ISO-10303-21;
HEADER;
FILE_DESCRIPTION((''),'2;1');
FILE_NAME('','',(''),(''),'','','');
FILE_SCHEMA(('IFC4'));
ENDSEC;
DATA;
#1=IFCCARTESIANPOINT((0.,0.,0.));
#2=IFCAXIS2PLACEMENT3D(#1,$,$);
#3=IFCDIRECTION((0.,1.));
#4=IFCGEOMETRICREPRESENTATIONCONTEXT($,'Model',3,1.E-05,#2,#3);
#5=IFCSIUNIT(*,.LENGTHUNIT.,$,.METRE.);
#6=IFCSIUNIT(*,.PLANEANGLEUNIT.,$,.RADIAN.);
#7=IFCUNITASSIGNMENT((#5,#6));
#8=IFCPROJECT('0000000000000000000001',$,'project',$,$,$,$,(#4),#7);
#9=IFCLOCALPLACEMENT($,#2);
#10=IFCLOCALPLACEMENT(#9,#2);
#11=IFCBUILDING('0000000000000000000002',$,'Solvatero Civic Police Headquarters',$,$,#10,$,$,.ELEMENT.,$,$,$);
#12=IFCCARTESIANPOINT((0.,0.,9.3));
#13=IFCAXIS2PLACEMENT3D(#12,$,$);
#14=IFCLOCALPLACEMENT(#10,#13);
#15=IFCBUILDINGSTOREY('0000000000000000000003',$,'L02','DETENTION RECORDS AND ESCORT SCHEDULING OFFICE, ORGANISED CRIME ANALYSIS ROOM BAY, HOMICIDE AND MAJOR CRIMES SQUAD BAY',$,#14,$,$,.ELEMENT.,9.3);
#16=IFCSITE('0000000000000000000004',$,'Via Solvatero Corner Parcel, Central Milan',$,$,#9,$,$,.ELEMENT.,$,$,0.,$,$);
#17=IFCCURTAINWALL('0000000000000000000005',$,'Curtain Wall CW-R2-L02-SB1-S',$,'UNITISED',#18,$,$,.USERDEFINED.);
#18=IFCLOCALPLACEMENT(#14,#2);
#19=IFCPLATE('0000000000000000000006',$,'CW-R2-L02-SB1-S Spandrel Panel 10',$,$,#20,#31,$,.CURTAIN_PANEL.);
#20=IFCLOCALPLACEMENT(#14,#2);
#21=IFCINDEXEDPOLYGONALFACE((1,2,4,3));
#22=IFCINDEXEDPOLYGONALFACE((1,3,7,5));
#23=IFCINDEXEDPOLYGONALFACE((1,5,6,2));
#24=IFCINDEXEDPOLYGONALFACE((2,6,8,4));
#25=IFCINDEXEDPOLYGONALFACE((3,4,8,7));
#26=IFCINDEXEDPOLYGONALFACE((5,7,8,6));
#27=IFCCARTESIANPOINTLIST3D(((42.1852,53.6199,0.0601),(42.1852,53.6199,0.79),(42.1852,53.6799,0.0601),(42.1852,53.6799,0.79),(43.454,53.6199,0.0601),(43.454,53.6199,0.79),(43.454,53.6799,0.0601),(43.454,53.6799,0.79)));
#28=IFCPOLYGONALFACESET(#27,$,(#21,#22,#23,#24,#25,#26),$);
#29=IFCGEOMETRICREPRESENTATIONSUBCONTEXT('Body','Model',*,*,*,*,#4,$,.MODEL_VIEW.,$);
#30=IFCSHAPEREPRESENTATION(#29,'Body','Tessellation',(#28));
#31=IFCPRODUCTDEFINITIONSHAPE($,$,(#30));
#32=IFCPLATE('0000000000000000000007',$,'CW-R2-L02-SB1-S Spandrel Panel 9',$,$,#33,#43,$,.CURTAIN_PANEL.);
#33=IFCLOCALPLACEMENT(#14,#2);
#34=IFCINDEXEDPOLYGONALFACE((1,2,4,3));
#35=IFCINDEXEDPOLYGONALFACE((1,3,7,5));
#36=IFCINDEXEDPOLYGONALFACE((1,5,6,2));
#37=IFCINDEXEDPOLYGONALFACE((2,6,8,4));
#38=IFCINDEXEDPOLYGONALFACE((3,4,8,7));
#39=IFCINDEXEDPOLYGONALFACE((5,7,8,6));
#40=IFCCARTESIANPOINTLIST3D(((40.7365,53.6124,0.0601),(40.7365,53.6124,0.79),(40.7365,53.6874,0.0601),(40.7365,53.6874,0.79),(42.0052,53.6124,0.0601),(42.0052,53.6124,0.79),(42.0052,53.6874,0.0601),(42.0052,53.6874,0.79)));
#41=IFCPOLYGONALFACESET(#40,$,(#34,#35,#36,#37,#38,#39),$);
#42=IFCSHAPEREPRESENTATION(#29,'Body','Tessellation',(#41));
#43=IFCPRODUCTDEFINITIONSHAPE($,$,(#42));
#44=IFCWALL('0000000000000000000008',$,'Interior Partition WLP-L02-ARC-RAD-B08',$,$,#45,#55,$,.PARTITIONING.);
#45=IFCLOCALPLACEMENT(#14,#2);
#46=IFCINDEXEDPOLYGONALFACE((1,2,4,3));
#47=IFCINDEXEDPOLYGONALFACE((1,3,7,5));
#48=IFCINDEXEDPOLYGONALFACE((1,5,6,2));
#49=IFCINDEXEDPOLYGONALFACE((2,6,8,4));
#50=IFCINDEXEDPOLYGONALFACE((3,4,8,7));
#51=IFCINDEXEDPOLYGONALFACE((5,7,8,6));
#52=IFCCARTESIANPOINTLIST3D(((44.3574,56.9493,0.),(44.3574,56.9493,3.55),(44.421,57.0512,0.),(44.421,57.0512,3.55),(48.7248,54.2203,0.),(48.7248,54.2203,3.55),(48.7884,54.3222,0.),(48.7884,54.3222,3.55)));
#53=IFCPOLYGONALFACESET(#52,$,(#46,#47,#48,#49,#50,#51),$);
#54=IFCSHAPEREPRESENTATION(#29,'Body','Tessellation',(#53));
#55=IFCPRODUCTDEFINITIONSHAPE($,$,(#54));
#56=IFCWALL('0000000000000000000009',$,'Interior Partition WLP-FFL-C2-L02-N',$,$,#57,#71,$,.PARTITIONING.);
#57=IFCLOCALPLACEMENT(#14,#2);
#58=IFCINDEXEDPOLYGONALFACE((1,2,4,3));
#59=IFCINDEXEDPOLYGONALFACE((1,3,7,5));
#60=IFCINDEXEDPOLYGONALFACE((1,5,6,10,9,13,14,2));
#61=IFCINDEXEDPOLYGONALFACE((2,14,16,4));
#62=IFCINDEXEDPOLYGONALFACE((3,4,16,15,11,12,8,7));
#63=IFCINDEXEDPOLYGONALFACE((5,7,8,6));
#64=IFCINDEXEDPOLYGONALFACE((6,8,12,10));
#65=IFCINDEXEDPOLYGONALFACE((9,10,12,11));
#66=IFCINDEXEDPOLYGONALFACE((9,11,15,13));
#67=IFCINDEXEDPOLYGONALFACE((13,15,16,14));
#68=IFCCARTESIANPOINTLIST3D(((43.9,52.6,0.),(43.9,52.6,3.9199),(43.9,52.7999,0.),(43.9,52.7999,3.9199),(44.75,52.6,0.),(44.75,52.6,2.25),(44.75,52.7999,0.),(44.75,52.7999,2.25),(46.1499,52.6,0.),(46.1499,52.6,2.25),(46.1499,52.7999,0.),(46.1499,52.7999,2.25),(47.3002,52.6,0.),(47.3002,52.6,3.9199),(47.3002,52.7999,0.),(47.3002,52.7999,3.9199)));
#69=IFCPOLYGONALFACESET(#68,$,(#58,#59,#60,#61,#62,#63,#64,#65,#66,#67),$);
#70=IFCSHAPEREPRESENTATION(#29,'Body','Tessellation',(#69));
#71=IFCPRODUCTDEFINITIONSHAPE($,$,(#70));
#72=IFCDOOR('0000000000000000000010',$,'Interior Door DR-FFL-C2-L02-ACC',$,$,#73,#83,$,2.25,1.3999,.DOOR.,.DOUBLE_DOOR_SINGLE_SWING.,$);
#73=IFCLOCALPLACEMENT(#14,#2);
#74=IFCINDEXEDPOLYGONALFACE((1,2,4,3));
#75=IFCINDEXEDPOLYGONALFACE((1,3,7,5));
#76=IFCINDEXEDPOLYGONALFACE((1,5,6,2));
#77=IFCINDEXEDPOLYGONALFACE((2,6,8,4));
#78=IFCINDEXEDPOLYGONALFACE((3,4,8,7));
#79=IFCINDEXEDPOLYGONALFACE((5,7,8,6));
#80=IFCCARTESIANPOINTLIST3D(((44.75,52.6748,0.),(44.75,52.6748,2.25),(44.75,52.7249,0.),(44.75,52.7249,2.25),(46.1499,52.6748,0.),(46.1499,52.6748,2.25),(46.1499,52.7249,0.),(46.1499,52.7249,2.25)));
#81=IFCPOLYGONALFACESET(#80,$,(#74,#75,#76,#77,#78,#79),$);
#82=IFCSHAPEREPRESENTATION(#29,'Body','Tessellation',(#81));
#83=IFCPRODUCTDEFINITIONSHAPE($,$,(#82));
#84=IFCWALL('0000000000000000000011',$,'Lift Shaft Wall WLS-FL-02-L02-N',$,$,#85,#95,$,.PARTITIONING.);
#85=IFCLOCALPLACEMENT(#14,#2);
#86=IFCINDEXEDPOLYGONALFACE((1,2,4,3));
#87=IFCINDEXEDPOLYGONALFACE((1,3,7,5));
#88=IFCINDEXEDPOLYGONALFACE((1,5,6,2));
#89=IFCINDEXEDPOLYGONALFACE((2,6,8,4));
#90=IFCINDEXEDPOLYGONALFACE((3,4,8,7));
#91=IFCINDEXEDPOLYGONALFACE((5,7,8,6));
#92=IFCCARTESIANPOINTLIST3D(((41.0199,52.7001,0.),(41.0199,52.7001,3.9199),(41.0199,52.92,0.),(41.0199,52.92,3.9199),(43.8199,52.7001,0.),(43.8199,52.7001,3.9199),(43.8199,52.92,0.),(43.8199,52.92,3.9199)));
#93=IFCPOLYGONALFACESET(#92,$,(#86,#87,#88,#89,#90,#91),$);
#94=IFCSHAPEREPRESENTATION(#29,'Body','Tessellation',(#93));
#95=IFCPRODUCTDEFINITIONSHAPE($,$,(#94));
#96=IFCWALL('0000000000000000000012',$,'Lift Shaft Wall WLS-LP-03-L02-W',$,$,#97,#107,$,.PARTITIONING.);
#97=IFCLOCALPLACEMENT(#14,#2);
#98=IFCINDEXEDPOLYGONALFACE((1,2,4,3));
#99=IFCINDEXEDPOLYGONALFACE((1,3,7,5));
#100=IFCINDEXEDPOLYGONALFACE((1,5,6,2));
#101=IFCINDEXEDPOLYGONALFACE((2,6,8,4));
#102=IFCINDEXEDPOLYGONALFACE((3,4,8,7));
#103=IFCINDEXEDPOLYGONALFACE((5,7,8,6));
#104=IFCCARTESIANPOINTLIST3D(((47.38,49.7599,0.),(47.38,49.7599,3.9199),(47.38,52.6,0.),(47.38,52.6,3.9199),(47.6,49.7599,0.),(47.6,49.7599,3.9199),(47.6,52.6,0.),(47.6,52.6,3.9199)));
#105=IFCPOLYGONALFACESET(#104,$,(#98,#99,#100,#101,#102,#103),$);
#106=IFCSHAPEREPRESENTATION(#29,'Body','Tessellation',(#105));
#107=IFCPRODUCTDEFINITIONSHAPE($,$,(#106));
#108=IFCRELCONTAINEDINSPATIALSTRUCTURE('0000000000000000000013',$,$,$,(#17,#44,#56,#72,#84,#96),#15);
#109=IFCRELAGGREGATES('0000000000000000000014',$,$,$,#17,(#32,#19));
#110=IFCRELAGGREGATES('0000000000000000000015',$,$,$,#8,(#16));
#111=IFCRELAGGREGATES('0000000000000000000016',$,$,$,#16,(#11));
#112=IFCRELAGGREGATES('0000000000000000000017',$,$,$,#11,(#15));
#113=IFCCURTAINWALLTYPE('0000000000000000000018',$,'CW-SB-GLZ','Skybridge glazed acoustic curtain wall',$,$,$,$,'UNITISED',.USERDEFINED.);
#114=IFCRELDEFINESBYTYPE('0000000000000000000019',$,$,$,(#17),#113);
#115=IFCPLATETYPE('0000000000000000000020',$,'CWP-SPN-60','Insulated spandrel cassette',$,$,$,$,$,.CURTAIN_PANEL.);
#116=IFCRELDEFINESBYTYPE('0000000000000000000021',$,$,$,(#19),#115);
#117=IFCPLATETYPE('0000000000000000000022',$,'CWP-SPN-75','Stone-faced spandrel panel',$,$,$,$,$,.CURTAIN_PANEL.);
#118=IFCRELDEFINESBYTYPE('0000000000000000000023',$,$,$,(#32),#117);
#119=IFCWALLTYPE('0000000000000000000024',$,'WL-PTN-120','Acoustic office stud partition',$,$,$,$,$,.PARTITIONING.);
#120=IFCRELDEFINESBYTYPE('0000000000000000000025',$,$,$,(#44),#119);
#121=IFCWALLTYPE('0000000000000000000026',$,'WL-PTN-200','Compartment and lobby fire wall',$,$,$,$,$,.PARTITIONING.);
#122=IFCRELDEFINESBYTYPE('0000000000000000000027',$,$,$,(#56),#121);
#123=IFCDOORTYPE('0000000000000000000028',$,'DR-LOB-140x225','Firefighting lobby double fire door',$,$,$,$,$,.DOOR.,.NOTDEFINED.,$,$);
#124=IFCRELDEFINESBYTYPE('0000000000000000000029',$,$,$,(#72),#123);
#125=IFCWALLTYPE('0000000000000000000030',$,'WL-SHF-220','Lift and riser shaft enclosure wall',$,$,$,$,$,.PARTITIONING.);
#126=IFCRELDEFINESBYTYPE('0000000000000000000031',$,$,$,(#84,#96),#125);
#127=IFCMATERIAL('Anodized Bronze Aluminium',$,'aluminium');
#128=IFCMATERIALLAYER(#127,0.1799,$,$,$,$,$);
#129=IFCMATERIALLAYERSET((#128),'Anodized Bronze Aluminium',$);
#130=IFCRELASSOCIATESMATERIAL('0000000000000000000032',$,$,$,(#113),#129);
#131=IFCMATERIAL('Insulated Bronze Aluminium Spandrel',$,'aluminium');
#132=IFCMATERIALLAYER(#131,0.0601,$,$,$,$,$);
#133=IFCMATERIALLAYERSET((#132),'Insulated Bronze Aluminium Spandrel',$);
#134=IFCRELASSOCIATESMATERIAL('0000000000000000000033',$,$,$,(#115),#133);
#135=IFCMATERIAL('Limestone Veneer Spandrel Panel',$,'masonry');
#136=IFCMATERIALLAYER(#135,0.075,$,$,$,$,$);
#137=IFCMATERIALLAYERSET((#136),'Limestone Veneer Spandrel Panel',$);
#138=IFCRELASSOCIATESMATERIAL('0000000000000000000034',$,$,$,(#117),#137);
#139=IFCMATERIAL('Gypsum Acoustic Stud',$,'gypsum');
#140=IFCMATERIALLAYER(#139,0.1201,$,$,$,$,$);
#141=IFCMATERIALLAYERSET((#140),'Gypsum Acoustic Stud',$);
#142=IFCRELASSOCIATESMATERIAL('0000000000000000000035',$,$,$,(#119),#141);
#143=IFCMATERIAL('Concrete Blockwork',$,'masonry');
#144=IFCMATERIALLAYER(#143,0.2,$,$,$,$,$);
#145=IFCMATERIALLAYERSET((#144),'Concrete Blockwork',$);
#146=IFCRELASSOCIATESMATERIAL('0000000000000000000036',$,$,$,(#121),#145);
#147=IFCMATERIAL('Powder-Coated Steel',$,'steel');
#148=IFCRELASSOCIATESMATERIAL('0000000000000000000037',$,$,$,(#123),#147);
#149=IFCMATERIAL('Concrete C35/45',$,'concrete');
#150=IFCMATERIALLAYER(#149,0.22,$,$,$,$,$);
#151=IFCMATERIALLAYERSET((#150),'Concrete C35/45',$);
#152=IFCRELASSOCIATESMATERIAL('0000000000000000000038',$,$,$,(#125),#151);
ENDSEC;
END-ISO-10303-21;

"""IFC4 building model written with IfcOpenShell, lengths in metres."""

from ifc_helpers import new_model, si_unit, direction, frame, frame_2d, origin, origin_2d, place, context, subcontext, project, spatial, rectangle, extrude, material, layer, layer_set, type_object, element, fill, aggregate, save


model = new_model("IFC4")

# Units and contexts
model_context = context("Model", 3, precision=1e-05, world=origin(), true_north=direction((0.0, 1.0)))
body_context = subcontext(model_context, "Body", "Model", "MODEL_VIEW")
ifc_project = project(units=[si_unit("LENGTHUNIT", "METRE"), si_unit("PLANEANGLEUNIT", "RADIAN")], contexts=[model_context])

# Site, building, storey
site_placement = place(None, origin())
site = spatial("IfcSite", under=ifc_project, at=site_placement, Name="Via Solvatero Corner Parcel, Central Milan", CompositionType="ELEMENT", RefElevation=0.0)
building_placement = place(site_placement, origin())
building = spatial("IfcBuilding", under=site, at=building_placement, Name="Solvatero Civic Police Headquarters", CompositionType="ELEMENT")
storey_placement = place(building_placement, frame((0.0, 0.0, 9.3)))
storey = spatial("IfcBuildingStorey", under=building, at=storey_placement, Name="L02", Description="DETENTION RECORDS AND ESCORT SCHEDULING OFFICE, ORGANISED CRIME ANALYSIS ROOM BAY, HOMICIDE AND MAJOR CRIMES SQUAD BAY", CompositionType="ELEMENT", Elevation=9.3)

# Curtain wall
ifc_material_1 = material(Name="Anodized Bronze Aluminium", Category="aluminium")
ifc_layer_1 = layer(ifc_material_1, 0.1799)
ifc_layer_set_1 = layer_set([ifc_layer_1], Name="Anodized Bronze Aluminium")
curtain_wall_type_1 = type_object("IfcCurtainWallType", Name="CW-SB-GLZ", Description="Skybridge glazed acoustic curtain wall", ElementType="UNITISED", PredefinedType="USERDEFINED", material=ifc_layer_set_1)
curtain_wall_1_placement = place(storey_placement, origin())
curtain_wall_1 = element("IfcCurtainWall", 1, at=curtain_wall_1_placement, inside=storey, type_object=curtain_wall_type_1, Name="Curtain Wall CW-R2-L02-SB1-S", ObjectType="UNITISED", PredefinedType="USERDEFINED")

# Plates
ifc_material_2 = material(Name="Insulated Bronze Aluminium Spandrel", Category="aluminium")
ifc_layer_2 = layer(ifc_material_2, 0.0601)
ifc_layer_set_2 = layer_set([ifc_layer_2], Name="Insulated Bronze Aluminium Spandrel")
plate_type_1 = type_object("IfcPlateType", Name="CWP-SPN-60", Description="Insulated spandrel cassette", PredefinedType="CURTAIN_PANEL", material=ifc_layer_set_2)
plate_1_placement = place(storey_placement, frame((42.8196, 53.6499, 0.0601), z_axis=(0.0, 0.0, 1.0), x_axis=(1.0, 0.0, 0.0)))
plate_1 = element("IfcPlate", 2, at=plate_1_placement, type_object=plate_type_1, Name="CW-R2-L02-SB1-S Spandrel Panel 10", PredefinedType="CURTAIN_PANEL", context=body_context, shape_type="SweptSolid", body=[
    extrude(rectangle(XDim=1.2688, YDim=0.0601, at=origin_2d()), origin(), (0.0, 0.0, 1.0), 0.73),
])
ifc_material_3 = material(Name="Limestone Veneer Spandrel Panel", Category="masonry")
ifc_layer_3 = layer(ifc_material_3, 0.075)
ifc_layer_set_3 = layer_set([ifc_layer_3], Name="Limestone Veneer Spandrel Panel")
plate_type_2 = type_object("IfcPlateType", Name="CWP-SPN-75", Description="Stone-faced spandrel panel", PredefinedType="CURTAIN_PANEL", material=ifc_layer_set_3)
plate_2_placement = place(storey_placement, frame((41.3708, 53.6499, 0.0601), z_axis=(0.0, 0.0, 1.0), x_axis=(1.0, 0.0, 0.0)))
plate_2 = element("IfcPlate", 3, at=plate_2_placement, type_object=plate_type_2, Name="CW-R2-L02-SB1-S Spandrel Panel 9", PredefinedType="CURTAIN_PANEL", context=body_context, shape_type="SweptSolid", body=[
    extrude(rectangle(XDim=1.2688, YDim=0.075, at=origin_2d()), origin(), (0.0, 0.0, 1.0), 0.73),
])
aggregate(curtain_wall_1, [plate_2, plate_1])

# Wall
ifc_material_4 = material(Name="Gypsum Acoustic Stud", Category="gypsum")
ifc_layer_4 = layer(ifc_material_4, 0.1201)
ifc_layer_set_4 = layer_set([ifc_layer_4], Name="Gypsum Acoustic Stud")
wall_type_1 = type_object("IfcWallType", Name="WL-PTN-120", Description="Acoustic office stud partition", PredefinedType="PARTITIONING", material=ifc_layer_set_4)
wall_1_placement = place(storey_placement, frame((48.7566, 54.2712, 0.0), z_axis=(0.0, 0.0, 1.0), x_axis=(-0.848054, 0.529909, 0.0)))
element("IfcWall", 4, at=wall_1_placement, inside=storey, type_object=wall_type_1, Name="Interior Partition WLP-L02-ARC-RAD-B08", PredefinedType="PARTITIONING", context=body_context, shape_type="SweptSolid", body=[
    extrude(rectangle(XDim=5.1499, YDim=0.1201, at=frame_2d((2.575, 0.0))), origin(), (0.0, 0.0, 1.0), 3.55),
])

# Wall, opening, door
ifc_material_5 = material(Name="Concrete Blockwork", Category="masonry")
ifc_layer_5 = layer(ifc_material_5, 0.2)
ifc_layer_set_5 = layer_set([ifc_layer_5], Name="Concrete Blockwork")
wall_type_2 = type_object("IfcWallType", Name="WL-PTN-200", Description="Compartment and lobby fire wall", PredefinedType="PARTITIONING", material=ifc_layer_set_5)
wall_2_placement = place(storey_placement, frame((43.8999, 52.7, 0.0), z_axis=(0.0, 0.0, 1.0), x_axis=(1.0, 0.0, 0.0)))
wall_2 = element("IfcWall", 5, at=wall_2_placement, inside=storey, type_object=wall_type_2, Name="Interior Partition WLP-FFL-C2-L02-N", PredefinedType="PARTITIONING", context=body_context, shape_type="SweptSolid", body=[
    extrude(rectangle(XDim=3.4001, YDim=0.2, at=frame_2d((1.7002, 0.0))), origin(), (0.0, 0.0, 1.0), 3.9199),
])
opening_1_placement = place(wall_2_placement, frame((0.8501, 0.0, 0.0)))
opening_1 = element("IfcOpeningElement", 6, at=opening_1_placement, cuts=wall_2, PredefinedType="OPENING", context=body_context, shape_type="SweptSolid", body=[
    extrude(rectangle(XDim=1.3999, YDim=2.25, at=frame_2d((0.7, 1.125))), frame((0.0, 0.1099, 0.0), z_axis=(0.0, -1.0, 0.0), x_axis=(1.0, 0.0, 0.0)), (0.0, 0.0, 1.0), 0.22),
])
ifc_material_6 = material(Name="Powder-Coated Steel", Category="steel")
door_type_1 = type_object("IfcDoorType", Name="DR-LOB-140x225", Description="Firefighting lobby double fire door", OperationType="NOTDEFINED", PredefinedType="DOOR", material=ifc_material_6)
door_1_placement = place(opening_1_placement, origin())
door_1 = element("IfcDoor", 7, at=door_1_placement, inside=storey, type_object=door_type_1, Name="Interior Door DR-FFL-C2-L02-ACC", OperationType="DOUBLE_DOOR_SINGLE_SWING", OverallHeight=2.25, OverallWidth=1.3999, PredefinedType="DOOR", context=body_context, shape_type="SweptSolid", body=[
    extrude(rectangle(XDim=1.3999, YDim=2.25, at=frame_2d((0.7, 1.125))), frame((0.0, 0.0249, 0.0), z_axis=(0.0, -1.0, 0.0), x_axis=(1.0, 0.0, 0.0)), (0.0, 0.0, 1.0), 0.05),
])
fill(opening_1, door_1)

# Wall
ifc_material_7 = material(Name="Concrete C35/45", Category="concrete")
ifc_layer_6 = layer(ifc_material_7, 0.22)
ifc_layer_set_6 = layer_set([ifc_layer_6], Name="Concrete C35/45")
wall_type_3 = type_object("IfcWallType", Name="WL-SHF-220", Description="Lift and riser shaft enclosure wall", PredefinedType="PARTITIONING", material=ifc_layer_set_6)
wall_3_placement = place(storey_placement, frame((41.02, 52.8101, 0.0), z_axis=(0.0, 0.0, 1.0), x_axis=(1.0, 0.0, 0.0)))
element("IfcWall", 8, at=wall_3_placement, inside=storey, type_object=wall_type_3, Name="Lift Shaft Wall WLS-FL-02-L02-N", PredefinedType="PARTITIONING", context=body_context, shape_type="SweptSolid", body=[
    extrude(rectangle(XDim=2.8, YDim=0.22, at=frame_2d((1.3999, 0.0))), origin(), (0.0, 0.0, 1.0), 3.9199),
])

# Wall
wall_4_placement = place(storey_placement, frame((47.49, 49.76, 0.0), z_axis=(0.0, 0.0, 1.0), x_axis=(0.0, 1.0, 0.0)))
element("IfcWall", 9, at=wall_4_placement, inside=storey, type_object=wall_type_3, Name="Lift Shaft Wall WLS-LP-03-L02-W", PredefinedType="PARTITIONING", context=body_context, shape_type="SweptSolid", body=[
    extrude(rectangle(XDim=2.8401, YDim=0.22, at=frame_2d((1.4199, 0.0))), origin(), (0.0, 0.0, 1.0), 3.9199),
])

save(model, "model.ifc")
